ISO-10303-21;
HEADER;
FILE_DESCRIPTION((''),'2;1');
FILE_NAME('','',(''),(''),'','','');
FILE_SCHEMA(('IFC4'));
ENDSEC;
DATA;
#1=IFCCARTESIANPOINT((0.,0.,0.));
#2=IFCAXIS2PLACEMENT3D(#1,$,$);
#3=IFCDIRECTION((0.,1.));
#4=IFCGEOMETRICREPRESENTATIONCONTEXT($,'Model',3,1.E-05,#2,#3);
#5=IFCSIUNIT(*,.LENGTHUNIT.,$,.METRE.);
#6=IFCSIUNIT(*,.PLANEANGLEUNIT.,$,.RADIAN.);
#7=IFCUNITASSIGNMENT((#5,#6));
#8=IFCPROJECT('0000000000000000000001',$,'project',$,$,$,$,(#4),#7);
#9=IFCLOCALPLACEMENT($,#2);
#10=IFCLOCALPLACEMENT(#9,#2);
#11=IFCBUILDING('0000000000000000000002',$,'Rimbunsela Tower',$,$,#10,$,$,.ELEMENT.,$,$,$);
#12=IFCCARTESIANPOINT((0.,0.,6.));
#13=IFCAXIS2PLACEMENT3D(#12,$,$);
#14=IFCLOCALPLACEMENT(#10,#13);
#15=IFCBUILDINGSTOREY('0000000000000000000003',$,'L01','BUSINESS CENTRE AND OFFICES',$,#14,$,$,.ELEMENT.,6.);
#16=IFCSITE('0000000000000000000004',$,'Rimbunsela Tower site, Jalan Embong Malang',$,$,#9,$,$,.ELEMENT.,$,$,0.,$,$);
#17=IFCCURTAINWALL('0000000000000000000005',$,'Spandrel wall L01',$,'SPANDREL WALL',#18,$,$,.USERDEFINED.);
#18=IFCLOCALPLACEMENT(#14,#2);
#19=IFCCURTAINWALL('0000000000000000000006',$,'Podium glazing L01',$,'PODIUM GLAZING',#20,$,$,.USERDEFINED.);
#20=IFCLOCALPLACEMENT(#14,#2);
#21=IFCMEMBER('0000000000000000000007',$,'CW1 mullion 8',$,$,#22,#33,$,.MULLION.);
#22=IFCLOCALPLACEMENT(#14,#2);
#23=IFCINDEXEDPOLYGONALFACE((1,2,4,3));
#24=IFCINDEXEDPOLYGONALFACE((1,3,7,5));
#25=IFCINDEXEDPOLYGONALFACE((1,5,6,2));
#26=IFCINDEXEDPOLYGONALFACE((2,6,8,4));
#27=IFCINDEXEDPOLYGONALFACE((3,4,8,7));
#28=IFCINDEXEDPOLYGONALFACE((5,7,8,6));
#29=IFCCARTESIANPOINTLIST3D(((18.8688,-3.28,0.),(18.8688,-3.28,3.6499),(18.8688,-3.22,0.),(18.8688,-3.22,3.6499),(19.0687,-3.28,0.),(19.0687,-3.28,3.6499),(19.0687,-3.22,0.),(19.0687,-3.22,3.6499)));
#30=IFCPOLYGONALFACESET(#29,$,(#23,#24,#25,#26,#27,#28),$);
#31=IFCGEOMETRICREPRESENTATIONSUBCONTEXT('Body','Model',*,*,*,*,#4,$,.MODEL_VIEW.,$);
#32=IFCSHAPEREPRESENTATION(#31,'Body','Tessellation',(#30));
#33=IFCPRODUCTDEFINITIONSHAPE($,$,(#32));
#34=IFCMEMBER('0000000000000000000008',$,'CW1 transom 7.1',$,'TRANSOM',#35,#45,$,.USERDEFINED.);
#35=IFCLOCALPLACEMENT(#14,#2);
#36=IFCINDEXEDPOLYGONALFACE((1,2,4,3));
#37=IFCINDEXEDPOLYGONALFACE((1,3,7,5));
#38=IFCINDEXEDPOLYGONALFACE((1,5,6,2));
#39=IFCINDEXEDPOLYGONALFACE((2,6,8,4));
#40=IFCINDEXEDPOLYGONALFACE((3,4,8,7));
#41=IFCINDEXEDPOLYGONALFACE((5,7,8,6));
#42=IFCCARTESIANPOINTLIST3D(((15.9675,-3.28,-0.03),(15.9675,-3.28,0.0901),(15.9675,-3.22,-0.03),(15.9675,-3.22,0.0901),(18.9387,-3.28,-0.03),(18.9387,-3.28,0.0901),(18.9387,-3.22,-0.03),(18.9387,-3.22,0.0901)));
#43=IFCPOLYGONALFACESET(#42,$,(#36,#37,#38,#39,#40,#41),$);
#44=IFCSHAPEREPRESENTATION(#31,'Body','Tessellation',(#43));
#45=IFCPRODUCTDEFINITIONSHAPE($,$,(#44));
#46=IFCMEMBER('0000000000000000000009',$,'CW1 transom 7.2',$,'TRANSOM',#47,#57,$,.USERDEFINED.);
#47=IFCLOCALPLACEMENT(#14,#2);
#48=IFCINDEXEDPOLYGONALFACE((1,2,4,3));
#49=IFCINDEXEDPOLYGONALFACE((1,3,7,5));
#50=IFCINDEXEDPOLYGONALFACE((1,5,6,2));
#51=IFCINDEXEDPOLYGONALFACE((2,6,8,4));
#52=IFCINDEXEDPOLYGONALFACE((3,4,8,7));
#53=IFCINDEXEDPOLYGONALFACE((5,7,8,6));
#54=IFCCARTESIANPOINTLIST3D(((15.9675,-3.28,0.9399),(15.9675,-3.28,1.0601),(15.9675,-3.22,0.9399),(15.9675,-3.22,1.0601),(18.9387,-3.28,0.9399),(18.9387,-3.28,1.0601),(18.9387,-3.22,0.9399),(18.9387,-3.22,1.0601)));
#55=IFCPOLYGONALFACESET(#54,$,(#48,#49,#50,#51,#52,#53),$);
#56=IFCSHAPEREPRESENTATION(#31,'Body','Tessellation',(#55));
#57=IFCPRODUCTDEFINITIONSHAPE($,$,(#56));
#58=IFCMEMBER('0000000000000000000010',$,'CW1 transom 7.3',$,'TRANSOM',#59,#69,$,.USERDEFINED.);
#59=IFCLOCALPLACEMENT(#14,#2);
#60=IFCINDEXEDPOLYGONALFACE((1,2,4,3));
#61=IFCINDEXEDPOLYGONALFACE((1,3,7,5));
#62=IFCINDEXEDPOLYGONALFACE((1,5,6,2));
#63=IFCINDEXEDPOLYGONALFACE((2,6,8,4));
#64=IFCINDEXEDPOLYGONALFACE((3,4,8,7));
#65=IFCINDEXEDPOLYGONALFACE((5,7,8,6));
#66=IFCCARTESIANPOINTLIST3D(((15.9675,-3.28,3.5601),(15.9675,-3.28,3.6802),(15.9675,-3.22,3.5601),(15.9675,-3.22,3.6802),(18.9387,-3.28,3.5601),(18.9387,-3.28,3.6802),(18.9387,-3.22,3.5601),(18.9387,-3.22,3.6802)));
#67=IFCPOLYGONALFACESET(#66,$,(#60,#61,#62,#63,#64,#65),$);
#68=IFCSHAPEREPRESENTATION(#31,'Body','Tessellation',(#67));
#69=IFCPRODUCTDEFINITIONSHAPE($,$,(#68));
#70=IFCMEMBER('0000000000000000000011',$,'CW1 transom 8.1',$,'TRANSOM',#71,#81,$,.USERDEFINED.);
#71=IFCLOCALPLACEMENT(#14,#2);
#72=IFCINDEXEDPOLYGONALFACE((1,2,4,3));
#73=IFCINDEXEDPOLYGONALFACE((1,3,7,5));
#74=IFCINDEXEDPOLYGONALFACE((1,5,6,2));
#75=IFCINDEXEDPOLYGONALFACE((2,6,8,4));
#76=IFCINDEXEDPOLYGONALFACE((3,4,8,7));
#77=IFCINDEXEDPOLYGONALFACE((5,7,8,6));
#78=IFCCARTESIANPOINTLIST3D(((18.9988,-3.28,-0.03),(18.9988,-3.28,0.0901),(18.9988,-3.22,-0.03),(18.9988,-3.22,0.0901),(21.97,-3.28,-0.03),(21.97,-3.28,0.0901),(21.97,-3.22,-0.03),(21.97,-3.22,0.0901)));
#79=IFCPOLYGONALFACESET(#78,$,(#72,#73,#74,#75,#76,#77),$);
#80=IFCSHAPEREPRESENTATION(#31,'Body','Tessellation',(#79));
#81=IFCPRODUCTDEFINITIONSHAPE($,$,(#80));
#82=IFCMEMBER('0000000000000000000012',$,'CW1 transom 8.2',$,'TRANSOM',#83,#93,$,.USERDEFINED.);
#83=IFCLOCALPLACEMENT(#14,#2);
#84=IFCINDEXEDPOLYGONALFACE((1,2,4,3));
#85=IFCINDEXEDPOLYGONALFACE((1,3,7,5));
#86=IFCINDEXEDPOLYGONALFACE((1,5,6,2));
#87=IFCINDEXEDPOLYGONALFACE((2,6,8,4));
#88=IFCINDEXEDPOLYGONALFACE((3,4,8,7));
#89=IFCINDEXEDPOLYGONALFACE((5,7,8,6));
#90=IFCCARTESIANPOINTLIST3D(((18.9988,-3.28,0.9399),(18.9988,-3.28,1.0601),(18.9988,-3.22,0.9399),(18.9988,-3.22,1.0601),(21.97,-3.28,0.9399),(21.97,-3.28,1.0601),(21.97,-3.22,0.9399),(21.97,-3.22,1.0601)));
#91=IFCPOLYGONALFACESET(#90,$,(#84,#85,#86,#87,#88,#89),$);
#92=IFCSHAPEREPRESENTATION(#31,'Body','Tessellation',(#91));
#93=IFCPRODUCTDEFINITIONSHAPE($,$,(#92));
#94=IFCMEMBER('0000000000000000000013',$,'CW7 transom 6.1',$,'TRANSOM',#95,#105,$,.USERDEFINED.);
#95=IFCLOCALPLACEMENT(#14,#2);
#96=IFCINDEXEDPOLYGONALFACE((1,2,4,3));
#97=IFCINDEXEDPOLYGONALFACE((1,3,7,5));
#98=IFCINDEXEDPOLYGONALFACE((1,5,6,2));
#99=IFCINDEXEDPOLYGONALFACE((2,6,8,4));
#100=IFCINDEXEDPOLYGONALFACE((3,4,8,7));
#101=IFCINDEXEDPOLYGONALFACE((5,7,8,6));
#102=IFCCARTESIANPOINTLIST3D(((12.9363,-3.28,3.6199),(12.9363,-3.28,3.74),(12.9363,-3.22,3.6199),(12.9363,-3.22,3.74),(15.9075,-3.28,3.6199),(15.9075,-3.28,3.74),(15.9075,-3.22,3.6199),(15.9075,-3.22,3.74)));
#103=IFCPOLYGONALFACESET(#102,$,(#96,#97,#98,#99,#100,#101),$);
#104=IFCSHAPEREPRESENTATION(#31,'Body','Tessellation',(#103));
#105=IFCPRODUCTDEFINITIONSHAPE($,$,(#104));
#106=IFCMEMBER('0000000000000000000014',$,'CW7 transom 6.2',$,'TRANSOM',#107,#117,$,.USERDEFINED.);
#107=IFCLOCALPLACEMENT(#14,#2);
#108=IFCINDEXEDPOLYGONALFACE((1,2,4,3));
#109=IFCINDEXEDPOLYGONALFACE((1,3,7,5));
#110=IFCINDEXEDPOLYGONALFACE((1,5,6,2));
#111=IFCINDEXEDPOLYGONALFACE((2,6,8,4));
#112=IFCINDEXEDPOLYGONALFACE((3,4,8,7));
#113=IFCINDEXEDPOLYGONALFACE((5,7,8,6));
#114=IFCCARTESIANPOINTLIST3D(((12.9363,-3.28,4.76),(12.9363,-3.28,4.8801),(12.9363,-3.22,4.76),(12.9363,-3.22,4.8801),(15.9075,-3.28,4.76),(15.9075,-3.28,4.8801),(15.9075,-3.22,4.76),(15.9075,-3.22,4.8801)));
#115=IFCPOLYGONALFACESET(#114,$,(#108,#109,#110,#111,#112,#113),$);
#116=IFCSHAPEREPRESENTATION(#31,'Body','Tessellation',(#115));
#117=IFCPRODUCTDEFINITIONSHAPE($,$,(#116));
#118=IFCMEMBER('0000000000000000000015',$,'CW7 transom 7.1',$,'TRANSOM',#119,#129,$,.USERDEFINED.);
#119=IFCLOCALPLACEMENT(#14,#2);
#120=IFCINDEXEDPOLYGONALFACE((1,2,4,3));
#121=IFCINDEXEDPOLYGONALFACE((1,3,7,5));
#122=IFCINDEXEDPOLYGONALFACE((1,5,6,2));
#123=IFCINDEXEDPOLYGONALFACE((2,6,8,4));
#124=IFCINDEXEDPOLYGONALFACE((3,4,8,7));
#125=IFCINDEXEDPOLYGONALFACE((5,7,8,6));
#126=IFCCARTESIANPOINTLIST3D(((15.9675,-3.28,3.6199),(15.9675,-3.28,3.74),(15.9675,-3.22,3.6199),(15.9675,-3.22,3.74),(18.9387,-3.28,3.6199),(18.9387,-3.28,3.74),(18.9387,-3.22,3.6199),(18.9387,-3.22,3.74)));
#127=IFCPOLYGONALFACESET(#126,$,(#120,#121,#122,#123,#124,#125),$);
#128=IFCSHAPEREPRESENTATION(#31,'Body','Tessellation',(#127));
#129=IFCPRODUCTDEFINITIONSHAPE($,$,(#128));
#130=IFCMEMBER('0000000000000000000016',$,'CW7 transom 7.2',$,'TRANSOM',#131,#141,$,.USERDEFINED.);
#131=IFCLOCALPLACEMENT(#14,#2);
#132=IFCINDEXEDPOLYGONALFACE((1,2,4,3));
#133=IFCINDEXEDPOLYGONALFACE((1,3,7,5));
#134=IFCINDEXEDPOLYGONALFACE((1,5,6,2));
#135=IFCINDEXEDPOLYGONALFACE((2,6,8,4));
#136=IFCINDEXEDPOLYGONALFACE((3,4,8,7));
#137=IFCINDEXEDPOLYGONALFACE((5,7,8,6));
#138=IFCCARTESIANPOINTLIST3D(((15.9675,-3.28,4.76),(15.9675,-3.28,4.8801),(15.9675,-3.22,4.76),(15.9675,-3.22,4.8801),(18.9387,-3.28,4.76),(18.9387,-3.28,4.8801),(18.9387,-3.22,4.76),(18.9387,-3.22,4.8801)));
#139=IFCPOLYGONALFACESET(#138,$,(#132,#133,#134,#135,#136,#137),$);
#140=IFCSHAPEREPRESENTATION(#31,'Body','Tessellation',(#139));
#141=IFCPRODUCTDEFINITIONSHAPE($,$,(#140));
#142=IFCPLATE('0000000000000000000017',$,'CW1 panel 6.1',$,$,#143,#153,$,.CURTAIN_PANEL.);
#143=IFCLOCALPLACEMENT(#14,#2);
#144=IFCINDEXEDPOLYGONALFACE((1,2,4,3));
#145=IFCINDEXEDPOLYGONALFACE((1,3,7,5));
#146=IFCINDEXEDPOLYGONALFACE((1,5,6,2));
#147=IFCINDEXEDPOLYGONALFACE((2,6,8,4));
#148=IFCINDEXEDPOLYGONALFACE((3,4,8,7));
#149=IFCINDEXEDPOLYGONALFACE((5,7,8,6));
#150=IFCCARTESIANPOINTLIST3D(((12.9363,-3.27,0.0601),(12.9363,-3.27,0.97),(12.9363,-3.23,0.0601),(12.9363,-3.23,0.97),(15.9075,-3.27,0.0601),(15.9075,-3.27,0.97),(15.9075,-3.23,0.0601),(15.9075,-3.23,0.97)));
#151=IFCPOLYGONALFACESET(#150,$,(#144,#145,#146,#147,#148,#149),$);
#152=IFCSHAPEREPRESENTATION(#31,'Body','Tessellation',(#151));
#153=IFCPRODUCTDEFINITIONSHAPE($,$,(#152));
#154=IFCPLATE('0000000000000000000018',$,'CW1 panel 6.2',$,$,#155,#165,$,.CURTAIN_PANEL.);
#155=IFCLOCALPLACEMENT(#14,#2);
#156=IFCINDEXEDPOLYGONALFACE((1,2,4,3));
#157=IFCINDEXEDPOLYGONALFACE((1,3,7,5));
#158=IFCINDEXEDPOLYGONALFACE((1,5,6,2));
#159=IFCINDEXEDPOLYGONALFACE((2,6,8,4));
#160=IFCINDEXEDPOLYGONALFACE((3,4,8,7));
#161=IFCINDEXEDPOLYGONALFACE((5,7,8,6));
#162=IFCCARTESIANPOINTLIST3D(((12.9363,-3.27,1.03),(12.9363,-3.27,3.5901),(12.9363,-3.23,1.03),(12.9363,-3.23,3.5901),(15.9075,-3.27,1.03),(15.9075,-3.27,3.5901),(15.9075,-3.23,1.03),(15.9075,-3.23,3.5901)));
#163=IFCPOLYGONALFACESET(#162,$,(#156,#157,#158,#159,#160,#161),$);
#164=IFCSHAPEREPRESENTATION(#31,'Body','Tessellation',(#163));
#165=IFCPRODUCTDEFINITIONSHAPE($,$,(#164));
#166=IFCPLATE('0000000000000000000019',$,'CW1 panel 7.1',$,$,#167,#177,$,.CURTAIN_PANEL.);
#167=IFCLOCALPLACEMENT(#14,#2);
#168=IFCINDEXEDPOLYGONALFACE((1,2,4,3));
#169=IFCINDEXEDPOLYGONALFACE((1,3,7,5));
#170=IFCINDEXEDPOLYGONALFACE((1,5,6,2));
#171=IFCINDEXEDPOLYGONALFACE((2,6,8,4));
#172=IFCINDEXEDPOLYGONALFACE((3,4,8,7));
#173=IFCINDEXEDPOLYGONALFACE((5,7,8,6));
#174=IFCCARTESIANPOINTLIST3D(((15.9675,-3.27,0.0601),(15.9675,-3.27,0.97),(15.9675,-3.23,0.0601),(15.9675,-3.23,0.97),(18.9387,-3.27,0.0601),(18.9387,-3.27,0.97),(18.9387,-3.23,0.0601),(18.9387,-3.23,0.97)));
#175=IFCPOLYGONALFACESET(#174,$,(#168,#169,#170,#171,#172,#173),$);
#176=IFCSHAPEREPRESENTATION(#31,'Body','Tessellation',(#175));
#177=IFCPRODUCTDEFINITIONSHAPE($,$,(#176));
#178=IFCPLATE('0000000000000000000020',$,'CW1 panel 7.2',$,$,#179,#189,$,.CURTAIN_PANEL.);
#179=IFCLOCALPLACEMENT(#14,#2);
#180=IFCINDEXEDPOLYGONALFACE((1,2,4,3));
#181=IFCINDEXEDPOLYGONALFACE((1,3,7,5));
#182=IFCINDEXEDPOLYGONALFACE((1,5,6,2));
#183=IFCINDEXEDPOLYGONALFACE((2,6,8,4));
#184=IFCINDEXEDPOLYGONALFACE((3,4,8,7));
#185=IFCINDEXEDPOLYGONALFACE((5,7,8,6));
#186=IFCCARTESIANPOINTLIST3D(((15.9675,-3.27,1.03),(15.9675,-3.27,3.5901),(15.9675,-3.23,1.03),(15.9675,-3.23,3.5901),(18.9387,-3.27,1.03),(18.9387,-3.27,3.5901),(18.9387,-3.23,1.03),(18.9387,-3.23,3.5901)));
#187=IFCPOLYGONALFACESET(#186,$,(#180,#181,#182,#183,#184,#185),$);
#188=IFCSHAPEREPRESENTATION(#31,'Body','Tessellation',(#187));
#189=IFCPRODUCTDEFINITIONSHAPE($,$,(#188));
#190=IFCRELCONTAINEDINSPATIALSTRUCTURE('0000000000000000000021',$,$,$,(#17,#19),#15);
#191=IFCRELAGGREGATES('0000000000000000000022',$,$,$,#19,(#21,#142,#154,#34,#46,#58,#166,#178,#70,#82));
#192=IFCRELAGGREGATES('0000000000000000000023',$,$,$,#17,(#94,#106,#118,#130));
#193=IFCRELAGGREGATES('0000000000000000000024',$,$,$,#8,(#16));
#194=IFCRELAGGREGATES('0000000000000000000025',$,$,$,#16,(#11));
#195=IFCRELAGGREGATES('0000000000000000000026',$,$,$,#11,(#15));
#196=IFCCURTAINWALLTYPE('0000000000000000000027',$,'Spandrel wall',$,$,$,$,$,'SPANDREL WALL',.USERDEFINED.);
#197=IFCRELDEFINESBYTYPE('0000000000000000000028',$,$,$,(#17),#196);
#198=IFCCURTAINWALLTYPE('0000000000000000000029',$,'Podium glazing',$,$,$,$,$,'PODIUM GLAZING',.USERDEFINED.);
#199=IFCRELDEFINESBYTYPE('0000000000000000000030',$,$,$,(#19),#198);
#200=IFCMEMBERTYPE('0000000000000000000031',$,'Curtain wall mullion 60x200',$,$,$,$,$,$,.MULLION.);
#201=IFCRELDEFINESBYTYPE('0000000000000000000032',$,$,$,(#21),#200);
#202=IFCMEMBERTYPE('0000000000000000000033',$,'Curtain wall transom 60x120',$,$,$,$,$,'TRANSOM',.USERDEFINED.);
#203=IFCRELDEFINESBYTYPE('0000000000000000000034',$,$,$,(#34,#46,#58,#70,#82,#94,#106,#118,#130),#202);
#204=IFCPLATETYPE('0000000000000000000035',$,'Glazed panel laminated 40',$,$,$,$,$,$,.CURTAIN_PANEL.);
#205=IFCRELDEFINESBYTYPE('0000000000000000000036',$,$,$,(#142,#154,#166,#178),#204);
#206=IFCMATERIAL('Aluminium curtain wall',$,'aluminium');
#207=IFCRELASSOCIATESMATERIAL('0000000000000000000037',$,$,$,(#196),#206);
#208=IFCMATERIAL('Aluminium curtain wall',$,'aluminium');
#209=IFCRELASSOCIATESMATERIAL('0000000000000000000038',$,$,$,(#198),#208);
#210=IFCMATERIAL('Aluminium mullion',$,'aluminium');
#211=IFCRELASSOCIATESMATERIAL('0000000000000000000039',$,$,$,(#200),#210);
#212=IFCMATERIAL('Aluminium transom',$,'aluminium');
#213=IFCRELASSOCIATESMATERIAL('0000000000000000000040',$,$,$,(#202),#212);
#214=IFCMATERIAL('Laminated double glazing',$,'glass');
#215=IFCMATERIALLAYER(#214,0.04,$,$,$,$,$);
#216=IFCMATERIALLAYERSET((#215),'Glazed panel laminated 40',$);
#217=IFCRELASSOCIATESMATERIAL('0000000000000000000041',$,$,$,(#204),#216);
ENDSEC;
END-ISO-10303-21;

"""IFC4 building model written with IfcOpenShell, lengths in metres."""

from ifc_helpers import new_model, si_unit, direction, frame, origin, origin_2d, place, context, subcontext, project, spatial, rectangle, extrude, material, layer, layer_set, material_profile, profile_set, type_object, element, aggregate, save


model = new_model("IFC4")

# Units and contexts
model_context = context("Model", 3, precision=1e-05, world=origin(), true_north=direction((0.0, 1.0)))
body_context = subcontext(model_context, "Body", "Model", "MODEL_VIEW")
ifc_project = project(units=[si_unit("LENGTHUNIT", "METRE"), si_unit("PLANEANGLEUNIT", "RADIAN")], contexts=[model_context])

# Site, building, storey
site_placement = place(None, origin())
site = spatial("IfcSite", under=ifc_project, at=site_placement, Name="Rimbunsela Tower site, Jalan Embong Malang", CompositionType="ELEMENT", RefElevation=0.0)
building_placement = place(site_placement, origin())
building = spatial("IfcBuilding", under=site, at=building_placement, Name="Rimbunsela Tower", CompositionType="ELEMENT")
storey_placement = place(building_placement, frame((0.0, 0.0, 6.0)))
storey = spatial("IfcBuildingStorey", under=building, at=storey_placement, Name="L01", Description="BUSINESS CENTRE AND OFFICES", CompositionType="ELEMENT", Elevation=6.0)

# Curtain walls, members
ifc_material_1 = material(Name="Aluminium curtain wall", Category="aluminium")
curtain_wall_type_1 = type_object("IfcCurtainWallType", Name="Spandrel wall", ElementType="SPANDREL WALL", PredefinedType="USERDEFINED", material=ifc_material_1)
curtain_wall_1_placement = place(storey_placement, origin())
curtain_wall_1 = element("IfcCurtainWall", 1, at=curtain_wall_1_placement, inside=storey, type_object=curtain_wall_type_1, Name="Spandrel wall L01", ObjectType="SPANDREL WALL", PredefinedType="USERDEFINED")
ifc_material_2 = material(Name="Aluminium curtain wall", Category="aluminium")
curtain_wall_type_2 = type_object("IfcCurtainWallType", Name="Podium glazing", ElementType="PODIUM GLAZING", PredefinedType="USERDEFINED", material=ifc_material_2)
curtain_wall_2_placement = place(storey_placement, origin())
curtain_wall_2 = element("IfcCurtainWall", 2, at=curtain_wall_2_placement, inside=storey, type_object=curtain_wall_type_2, Name="Podium glazing L01", ObjectType="PODIUM GLAZING", PredefinedType="USERDEFINED")
ifc_material_3 = material(Name="Aluminium mullion", Category="aluminium")
ifc_material_profile_1 = material_profile(ifc_material_3, rectangle(XDim=0.0601, YDim=0.2, at=origin_2d()), Name="Mullion 60x200")
ifc_profile_set_1 = profile_set([ifc_material_profile_1], Name="Aluminium mullion")
member_type_1 = type_object("IfcMemberType", Name="Curtain wall mullion 60x200", PredefinedType="MULLION", material=ifc_profile_set_1)
member_1_placement = place(storey_placement, frame((18.9688, -3.25, 0.0), z_axis=(0.0, 0.0, 1.0), x_axis=(0.0, 1.0, 0.0)))
member_1 = element("IfcMember", 3, at=member_1_placement, type_object=member_type_1, Name="CW1 mullion 8", PredefinedType="MULLION", context=body_context, shape_type="SweptSolid", body=[
    extrude(rectangle(XDim=0.0601, YDim=0.2, at=origin_2d()), origin(), (0.0, 0.0, 1.0), 3.6499),
])
ifc_material_4 = material(Name="Aluminium transom", Category="aluminium")
ifc_material_profile_2 = material_profile(ifc_material_4, rectangle(XDim=0.0601, YDim=0.1201, at=origin_2d()), Name="Transom 60x120")
ifc_profile_set_2 = profile_set([ifc_material_profile_2], Name="Aluminium transom")
member_type_2 = type_object("IfcMemberType", Name="Curtain wall transom 60x120", ElementType="TRANSOM", PredefinedType="USERDEFINED", material=ifc_profile_set_2)
member_2_placement = place(storey_placement, frame((15.9675, -3.25, 0.03), z_axis=(1.0, 0.0, 0.0), x_axis=(0.0, 1.0, 0.0)))
member_2 = element("IfcMember", 4, at=member_2_placement, type_object=member_type_2, Name="CW1 transom 7.1", ObjectType="TRANSOM", PredefinedType="USERDEFINED", context=body_context, shape_type="SweptSolid", body=[
    extrude(rectangle(XDim=0.0601, YDim=0.1201, at=origin_2d()), origin(), (0.0, 0.0, 1.0), 2.9712),
])
member_3_placement = place(storey_placement, frame((15.9675, -3.25, 1.0), z_axis=(1.0, 0.0, 0.0), x_axis=(0.0, 1.0, 0.0)))
member_3 = element("IfcMember", 5, at=member_3_placement, type_object=member_type_2, Name="CW1 transom 7.2", ObjectType="TRANSOM", PredefinedType="USERDEFINED", context=body_context, shape_type="SweptSolid", body=[
    extrude(rectangle(XDim=0.0601, YDim=0.1201, at=origin_2d()), origin(), (0.0, 0.0, 1.0), 2.9712),
])
member_4_placement = place(storey_placement, frame((15.9675, -3.25, 3.6201), z_axis=(1.0, 0.0, 0.0), x_axis=(0.0, 1.0, 0.0)))
member_4 = element("IfcMember", 6, at=member_4_placement, type_object=member_type_2, Name="CW1 transom 7.3", ObjectType="TRANSOM", PredefinedType="USERDEFINED", context=body_context, shape_type="SweptSolid", body=[
    extrude(rectangle(XDim=0.0601, YDim=0.1201, at=origin_2d()), origin(), (0.0, 0.0, 1.0), 2.9712),
])
member_5_placement = place(storey_placement, frame((18.9988, -3.25, 0.03), z_axis=(1.0, 0.0, 0.0), x_axis=(0.0, 1.0, 0.0)))
member_5 = element("IfcMember", 7, at=member_5_placement, type_object=member_type_2, Name="CW1 transom 8.1", ObjectType="TRANSOM", PredefinedType="USERDEFINED", context=body_context, shape_type="SweptSolid", body=[
    extrude(rectangle(XDim=0.0601, YDim=0.1201, at=origin_2d()), origin(), (0.0, 0.0, 1.0), 2.9712),
])
member_6_placement = place(storey_placement, frame((18.9988, -3.25, 1.0), z_axis=(1.0, 0.0, 0.0), x_axis=(0.0, 1.0, 0.0)))
member_6 = element("IfcMember", 8, at=member_6_placement, type_object=member_type_2, Name="CW1 transom 8.2", ObjectType="TRANSOM", PredefinedType="USERDEFINED", context=body_context, shape_type="SweptSolid", body=[
    extrude(rectangle(XDim=0.0601, YDim=0.1201, at=origin_2d()), origin(), (0.0, 0.0, 1.0), 2.9712),
])

# Members
member_7_placement = place(storey_placement, frame((12.9363, -3.25, 3.6799), z_axis=(1.0, 0.0, 0.0), x_axis=(0.0, 1.0, 0.0)))
member_7 = element("IfcMember", 9, at=member_7_placement, type_object=member_type_2, Name="CW7 transom 6.1", ObjectType="TRANSOM", PredefinedType="USERDEFINED", context=body_context, shape_type="SweptSolid", body=[
    extrude(rectangle(XDim=0.0601, YDim=0.1201, at=origin_2d()), origin(), (0.0, 0.0, 1.0), 2.9712),
])
member_8_placement = place(storey_placement, frame((12.9363, -3.25, 4.8201), z_axis=(1.0, 0.0, 0.0), x_axis=(0.0, 1.0, 0.0)))
member_8 = element("IfcMember", 10, at=member_8_placement, type_object=member_type_2, Name="CW7 transom 6.2", ObjectType="TRANSOM", PredefinedType="USERDEFINED", context=body_context, shape_type="SweptSolid", body=[
    extrude(rectangle(XDim=0.0601, YDim=0.1201, at=origin_2d()), origin(), (0.0, 0.0, 1.0), 2.9712),
])
member_9_placement = place(storey_placement, frame((15.9675, -3.25, 3.6799), z_axis=(1.0, 0.0, 0.0), x_axis=(0.0, 1.0, 0.0)))
member_9 = element("IfcMember", 11, at=member_9_placement, type_object=member_type_2, Name="CW7 transom 7.1", ObjectType="TRANSOM", PredefinedType="USERDEFINED", context=body_context, shape_type="SweptSolid", body=[
    extrude(rectangle(XDim=0.0601, YDim=0.1201, at=origin_2d()), origin(), (0.0, 0.0, 1.0), 2.9712),
])
member_10_placement = place(storey_placement, frame((15.9675, -3.25, 4.8201), z_axis=(1.0, 0.0, 0.0), x_axis=(0.0, 1.0, 0.0)))
member_10 = element("IfcMember", 12, at=member_10_placement, type_object=member_type_2, Name="CW7 transom 7.2", ObjectType="TRANSOM", PredefinedType="USERDEFINED", context=body_context, shape_type="SweptSolid", body=[
    extrude(rectangle(XDim=0.0601, YDim=0.1201, at=origin_2d()), origin(), (0.0, 0.0, 1.0), 2.9712),
])

# Plates
ifc_material_5 = material(Name="Laminated double glazing", Category="glass")
ifc_layer_1 = layer(ifc_material_5, 0.04)
ifc_layer_set_1 = layer_set([ifc_layer_1], Name="Glazed panel laminated 40")
plate_type_1 = type_object("IfcPlateType", Name="Glazed panel laminated 40", PredefinedType="CURTAIN_PANEL", material=ifc_layer_set_1)
plate_1_placement = place(storey_placement, frame((14.4219, -3.25, 0.0601), z_axis=(0.0, 0.0, 1.0), x_axis=(1.0, 0.0, 0.0)))
plate_1 = element("IfcPlate", 13, at=plate_1_placement, type_object=plate_type_1, Name="CW1 panel 6.1", PredefinedType="CURTAIN_PANEL", context=body_context, shape_type="SweptSolid", body=[
    extrude(rectangle(XDim=2.9712, YDim=0.04, at=origin_2d()), origin(), (0.0, 0.0, 1.0), 0.9099),
])
plate_2_placement = place(storey_placement, frame((14.4219, -3.25, 1.03), z_axis=(0.0, 0.0, 1.0), x_axis=(1.0, 0.0, 0.0)))
plate_2 = element("IfcPlate", 14, at=plate_2_placement, type_object=plate_type_1, Name="CW1 panel 6.2", PredefinedType="CURTAIN_PANEL", context=body_context, shape_type="SweptSolid", body=[
    extrude(rectangle(XDim=2.9712, YDim=0.04, at=origin_2d()), origin(), (0.0, 0.0, 1.0), 2.5601),
])
plate_3_placement = place(storey_placement, frame((17.4531, -3.25, 0.0601), z_axis=(0.0, 0.0, 1.0), x_axis=(1.0, 0.0, 0.0)))
plate_3 = element("IfcPlate", 15, at=plate_3_placement, type_object=plate_type_1, Name="CW1 panel 7.1", PredefinedType="CURTAIN_PANEL", context=body_context, shape_type="SweptSolid", body=[
    extrude(rectangle(XDim=2.9712, YDim=0.04, at=origin_2d()), origin(), (0.0, 0.0, 1.0), 0.9099),
])
plate_4_placement = place(storey_placement, frame((17.4531, -3.25, 1.03), z_axis=(0.0, 0.0, 1.0), x_axis=(1.0, 0.0, 0.0)))
plate_4 = element("IfcPlate", 16, at=plate_4_placement, type_object=plate_type_1, Name="CW1 panel 7.2", PredefinedType="CURTAIN_PANEL", context=body_context, shape_type="SweptSolid", body=[
    extrude(rectangle(XDim=2.9712, YDim=0.04, at=origin_2d()), origin(), (0.0, 0.0, 1.0), 2.5601),
])
aggregate(curtain_wall_2, [member_1, plate_1, plate_2, member_2, member_3, member_4, plate_3, plate_4, member_5, member_6])
aggregate(curtain_wall_1, [member_7, member_8, member_9, member_10])

save(model, "model.ifc")
